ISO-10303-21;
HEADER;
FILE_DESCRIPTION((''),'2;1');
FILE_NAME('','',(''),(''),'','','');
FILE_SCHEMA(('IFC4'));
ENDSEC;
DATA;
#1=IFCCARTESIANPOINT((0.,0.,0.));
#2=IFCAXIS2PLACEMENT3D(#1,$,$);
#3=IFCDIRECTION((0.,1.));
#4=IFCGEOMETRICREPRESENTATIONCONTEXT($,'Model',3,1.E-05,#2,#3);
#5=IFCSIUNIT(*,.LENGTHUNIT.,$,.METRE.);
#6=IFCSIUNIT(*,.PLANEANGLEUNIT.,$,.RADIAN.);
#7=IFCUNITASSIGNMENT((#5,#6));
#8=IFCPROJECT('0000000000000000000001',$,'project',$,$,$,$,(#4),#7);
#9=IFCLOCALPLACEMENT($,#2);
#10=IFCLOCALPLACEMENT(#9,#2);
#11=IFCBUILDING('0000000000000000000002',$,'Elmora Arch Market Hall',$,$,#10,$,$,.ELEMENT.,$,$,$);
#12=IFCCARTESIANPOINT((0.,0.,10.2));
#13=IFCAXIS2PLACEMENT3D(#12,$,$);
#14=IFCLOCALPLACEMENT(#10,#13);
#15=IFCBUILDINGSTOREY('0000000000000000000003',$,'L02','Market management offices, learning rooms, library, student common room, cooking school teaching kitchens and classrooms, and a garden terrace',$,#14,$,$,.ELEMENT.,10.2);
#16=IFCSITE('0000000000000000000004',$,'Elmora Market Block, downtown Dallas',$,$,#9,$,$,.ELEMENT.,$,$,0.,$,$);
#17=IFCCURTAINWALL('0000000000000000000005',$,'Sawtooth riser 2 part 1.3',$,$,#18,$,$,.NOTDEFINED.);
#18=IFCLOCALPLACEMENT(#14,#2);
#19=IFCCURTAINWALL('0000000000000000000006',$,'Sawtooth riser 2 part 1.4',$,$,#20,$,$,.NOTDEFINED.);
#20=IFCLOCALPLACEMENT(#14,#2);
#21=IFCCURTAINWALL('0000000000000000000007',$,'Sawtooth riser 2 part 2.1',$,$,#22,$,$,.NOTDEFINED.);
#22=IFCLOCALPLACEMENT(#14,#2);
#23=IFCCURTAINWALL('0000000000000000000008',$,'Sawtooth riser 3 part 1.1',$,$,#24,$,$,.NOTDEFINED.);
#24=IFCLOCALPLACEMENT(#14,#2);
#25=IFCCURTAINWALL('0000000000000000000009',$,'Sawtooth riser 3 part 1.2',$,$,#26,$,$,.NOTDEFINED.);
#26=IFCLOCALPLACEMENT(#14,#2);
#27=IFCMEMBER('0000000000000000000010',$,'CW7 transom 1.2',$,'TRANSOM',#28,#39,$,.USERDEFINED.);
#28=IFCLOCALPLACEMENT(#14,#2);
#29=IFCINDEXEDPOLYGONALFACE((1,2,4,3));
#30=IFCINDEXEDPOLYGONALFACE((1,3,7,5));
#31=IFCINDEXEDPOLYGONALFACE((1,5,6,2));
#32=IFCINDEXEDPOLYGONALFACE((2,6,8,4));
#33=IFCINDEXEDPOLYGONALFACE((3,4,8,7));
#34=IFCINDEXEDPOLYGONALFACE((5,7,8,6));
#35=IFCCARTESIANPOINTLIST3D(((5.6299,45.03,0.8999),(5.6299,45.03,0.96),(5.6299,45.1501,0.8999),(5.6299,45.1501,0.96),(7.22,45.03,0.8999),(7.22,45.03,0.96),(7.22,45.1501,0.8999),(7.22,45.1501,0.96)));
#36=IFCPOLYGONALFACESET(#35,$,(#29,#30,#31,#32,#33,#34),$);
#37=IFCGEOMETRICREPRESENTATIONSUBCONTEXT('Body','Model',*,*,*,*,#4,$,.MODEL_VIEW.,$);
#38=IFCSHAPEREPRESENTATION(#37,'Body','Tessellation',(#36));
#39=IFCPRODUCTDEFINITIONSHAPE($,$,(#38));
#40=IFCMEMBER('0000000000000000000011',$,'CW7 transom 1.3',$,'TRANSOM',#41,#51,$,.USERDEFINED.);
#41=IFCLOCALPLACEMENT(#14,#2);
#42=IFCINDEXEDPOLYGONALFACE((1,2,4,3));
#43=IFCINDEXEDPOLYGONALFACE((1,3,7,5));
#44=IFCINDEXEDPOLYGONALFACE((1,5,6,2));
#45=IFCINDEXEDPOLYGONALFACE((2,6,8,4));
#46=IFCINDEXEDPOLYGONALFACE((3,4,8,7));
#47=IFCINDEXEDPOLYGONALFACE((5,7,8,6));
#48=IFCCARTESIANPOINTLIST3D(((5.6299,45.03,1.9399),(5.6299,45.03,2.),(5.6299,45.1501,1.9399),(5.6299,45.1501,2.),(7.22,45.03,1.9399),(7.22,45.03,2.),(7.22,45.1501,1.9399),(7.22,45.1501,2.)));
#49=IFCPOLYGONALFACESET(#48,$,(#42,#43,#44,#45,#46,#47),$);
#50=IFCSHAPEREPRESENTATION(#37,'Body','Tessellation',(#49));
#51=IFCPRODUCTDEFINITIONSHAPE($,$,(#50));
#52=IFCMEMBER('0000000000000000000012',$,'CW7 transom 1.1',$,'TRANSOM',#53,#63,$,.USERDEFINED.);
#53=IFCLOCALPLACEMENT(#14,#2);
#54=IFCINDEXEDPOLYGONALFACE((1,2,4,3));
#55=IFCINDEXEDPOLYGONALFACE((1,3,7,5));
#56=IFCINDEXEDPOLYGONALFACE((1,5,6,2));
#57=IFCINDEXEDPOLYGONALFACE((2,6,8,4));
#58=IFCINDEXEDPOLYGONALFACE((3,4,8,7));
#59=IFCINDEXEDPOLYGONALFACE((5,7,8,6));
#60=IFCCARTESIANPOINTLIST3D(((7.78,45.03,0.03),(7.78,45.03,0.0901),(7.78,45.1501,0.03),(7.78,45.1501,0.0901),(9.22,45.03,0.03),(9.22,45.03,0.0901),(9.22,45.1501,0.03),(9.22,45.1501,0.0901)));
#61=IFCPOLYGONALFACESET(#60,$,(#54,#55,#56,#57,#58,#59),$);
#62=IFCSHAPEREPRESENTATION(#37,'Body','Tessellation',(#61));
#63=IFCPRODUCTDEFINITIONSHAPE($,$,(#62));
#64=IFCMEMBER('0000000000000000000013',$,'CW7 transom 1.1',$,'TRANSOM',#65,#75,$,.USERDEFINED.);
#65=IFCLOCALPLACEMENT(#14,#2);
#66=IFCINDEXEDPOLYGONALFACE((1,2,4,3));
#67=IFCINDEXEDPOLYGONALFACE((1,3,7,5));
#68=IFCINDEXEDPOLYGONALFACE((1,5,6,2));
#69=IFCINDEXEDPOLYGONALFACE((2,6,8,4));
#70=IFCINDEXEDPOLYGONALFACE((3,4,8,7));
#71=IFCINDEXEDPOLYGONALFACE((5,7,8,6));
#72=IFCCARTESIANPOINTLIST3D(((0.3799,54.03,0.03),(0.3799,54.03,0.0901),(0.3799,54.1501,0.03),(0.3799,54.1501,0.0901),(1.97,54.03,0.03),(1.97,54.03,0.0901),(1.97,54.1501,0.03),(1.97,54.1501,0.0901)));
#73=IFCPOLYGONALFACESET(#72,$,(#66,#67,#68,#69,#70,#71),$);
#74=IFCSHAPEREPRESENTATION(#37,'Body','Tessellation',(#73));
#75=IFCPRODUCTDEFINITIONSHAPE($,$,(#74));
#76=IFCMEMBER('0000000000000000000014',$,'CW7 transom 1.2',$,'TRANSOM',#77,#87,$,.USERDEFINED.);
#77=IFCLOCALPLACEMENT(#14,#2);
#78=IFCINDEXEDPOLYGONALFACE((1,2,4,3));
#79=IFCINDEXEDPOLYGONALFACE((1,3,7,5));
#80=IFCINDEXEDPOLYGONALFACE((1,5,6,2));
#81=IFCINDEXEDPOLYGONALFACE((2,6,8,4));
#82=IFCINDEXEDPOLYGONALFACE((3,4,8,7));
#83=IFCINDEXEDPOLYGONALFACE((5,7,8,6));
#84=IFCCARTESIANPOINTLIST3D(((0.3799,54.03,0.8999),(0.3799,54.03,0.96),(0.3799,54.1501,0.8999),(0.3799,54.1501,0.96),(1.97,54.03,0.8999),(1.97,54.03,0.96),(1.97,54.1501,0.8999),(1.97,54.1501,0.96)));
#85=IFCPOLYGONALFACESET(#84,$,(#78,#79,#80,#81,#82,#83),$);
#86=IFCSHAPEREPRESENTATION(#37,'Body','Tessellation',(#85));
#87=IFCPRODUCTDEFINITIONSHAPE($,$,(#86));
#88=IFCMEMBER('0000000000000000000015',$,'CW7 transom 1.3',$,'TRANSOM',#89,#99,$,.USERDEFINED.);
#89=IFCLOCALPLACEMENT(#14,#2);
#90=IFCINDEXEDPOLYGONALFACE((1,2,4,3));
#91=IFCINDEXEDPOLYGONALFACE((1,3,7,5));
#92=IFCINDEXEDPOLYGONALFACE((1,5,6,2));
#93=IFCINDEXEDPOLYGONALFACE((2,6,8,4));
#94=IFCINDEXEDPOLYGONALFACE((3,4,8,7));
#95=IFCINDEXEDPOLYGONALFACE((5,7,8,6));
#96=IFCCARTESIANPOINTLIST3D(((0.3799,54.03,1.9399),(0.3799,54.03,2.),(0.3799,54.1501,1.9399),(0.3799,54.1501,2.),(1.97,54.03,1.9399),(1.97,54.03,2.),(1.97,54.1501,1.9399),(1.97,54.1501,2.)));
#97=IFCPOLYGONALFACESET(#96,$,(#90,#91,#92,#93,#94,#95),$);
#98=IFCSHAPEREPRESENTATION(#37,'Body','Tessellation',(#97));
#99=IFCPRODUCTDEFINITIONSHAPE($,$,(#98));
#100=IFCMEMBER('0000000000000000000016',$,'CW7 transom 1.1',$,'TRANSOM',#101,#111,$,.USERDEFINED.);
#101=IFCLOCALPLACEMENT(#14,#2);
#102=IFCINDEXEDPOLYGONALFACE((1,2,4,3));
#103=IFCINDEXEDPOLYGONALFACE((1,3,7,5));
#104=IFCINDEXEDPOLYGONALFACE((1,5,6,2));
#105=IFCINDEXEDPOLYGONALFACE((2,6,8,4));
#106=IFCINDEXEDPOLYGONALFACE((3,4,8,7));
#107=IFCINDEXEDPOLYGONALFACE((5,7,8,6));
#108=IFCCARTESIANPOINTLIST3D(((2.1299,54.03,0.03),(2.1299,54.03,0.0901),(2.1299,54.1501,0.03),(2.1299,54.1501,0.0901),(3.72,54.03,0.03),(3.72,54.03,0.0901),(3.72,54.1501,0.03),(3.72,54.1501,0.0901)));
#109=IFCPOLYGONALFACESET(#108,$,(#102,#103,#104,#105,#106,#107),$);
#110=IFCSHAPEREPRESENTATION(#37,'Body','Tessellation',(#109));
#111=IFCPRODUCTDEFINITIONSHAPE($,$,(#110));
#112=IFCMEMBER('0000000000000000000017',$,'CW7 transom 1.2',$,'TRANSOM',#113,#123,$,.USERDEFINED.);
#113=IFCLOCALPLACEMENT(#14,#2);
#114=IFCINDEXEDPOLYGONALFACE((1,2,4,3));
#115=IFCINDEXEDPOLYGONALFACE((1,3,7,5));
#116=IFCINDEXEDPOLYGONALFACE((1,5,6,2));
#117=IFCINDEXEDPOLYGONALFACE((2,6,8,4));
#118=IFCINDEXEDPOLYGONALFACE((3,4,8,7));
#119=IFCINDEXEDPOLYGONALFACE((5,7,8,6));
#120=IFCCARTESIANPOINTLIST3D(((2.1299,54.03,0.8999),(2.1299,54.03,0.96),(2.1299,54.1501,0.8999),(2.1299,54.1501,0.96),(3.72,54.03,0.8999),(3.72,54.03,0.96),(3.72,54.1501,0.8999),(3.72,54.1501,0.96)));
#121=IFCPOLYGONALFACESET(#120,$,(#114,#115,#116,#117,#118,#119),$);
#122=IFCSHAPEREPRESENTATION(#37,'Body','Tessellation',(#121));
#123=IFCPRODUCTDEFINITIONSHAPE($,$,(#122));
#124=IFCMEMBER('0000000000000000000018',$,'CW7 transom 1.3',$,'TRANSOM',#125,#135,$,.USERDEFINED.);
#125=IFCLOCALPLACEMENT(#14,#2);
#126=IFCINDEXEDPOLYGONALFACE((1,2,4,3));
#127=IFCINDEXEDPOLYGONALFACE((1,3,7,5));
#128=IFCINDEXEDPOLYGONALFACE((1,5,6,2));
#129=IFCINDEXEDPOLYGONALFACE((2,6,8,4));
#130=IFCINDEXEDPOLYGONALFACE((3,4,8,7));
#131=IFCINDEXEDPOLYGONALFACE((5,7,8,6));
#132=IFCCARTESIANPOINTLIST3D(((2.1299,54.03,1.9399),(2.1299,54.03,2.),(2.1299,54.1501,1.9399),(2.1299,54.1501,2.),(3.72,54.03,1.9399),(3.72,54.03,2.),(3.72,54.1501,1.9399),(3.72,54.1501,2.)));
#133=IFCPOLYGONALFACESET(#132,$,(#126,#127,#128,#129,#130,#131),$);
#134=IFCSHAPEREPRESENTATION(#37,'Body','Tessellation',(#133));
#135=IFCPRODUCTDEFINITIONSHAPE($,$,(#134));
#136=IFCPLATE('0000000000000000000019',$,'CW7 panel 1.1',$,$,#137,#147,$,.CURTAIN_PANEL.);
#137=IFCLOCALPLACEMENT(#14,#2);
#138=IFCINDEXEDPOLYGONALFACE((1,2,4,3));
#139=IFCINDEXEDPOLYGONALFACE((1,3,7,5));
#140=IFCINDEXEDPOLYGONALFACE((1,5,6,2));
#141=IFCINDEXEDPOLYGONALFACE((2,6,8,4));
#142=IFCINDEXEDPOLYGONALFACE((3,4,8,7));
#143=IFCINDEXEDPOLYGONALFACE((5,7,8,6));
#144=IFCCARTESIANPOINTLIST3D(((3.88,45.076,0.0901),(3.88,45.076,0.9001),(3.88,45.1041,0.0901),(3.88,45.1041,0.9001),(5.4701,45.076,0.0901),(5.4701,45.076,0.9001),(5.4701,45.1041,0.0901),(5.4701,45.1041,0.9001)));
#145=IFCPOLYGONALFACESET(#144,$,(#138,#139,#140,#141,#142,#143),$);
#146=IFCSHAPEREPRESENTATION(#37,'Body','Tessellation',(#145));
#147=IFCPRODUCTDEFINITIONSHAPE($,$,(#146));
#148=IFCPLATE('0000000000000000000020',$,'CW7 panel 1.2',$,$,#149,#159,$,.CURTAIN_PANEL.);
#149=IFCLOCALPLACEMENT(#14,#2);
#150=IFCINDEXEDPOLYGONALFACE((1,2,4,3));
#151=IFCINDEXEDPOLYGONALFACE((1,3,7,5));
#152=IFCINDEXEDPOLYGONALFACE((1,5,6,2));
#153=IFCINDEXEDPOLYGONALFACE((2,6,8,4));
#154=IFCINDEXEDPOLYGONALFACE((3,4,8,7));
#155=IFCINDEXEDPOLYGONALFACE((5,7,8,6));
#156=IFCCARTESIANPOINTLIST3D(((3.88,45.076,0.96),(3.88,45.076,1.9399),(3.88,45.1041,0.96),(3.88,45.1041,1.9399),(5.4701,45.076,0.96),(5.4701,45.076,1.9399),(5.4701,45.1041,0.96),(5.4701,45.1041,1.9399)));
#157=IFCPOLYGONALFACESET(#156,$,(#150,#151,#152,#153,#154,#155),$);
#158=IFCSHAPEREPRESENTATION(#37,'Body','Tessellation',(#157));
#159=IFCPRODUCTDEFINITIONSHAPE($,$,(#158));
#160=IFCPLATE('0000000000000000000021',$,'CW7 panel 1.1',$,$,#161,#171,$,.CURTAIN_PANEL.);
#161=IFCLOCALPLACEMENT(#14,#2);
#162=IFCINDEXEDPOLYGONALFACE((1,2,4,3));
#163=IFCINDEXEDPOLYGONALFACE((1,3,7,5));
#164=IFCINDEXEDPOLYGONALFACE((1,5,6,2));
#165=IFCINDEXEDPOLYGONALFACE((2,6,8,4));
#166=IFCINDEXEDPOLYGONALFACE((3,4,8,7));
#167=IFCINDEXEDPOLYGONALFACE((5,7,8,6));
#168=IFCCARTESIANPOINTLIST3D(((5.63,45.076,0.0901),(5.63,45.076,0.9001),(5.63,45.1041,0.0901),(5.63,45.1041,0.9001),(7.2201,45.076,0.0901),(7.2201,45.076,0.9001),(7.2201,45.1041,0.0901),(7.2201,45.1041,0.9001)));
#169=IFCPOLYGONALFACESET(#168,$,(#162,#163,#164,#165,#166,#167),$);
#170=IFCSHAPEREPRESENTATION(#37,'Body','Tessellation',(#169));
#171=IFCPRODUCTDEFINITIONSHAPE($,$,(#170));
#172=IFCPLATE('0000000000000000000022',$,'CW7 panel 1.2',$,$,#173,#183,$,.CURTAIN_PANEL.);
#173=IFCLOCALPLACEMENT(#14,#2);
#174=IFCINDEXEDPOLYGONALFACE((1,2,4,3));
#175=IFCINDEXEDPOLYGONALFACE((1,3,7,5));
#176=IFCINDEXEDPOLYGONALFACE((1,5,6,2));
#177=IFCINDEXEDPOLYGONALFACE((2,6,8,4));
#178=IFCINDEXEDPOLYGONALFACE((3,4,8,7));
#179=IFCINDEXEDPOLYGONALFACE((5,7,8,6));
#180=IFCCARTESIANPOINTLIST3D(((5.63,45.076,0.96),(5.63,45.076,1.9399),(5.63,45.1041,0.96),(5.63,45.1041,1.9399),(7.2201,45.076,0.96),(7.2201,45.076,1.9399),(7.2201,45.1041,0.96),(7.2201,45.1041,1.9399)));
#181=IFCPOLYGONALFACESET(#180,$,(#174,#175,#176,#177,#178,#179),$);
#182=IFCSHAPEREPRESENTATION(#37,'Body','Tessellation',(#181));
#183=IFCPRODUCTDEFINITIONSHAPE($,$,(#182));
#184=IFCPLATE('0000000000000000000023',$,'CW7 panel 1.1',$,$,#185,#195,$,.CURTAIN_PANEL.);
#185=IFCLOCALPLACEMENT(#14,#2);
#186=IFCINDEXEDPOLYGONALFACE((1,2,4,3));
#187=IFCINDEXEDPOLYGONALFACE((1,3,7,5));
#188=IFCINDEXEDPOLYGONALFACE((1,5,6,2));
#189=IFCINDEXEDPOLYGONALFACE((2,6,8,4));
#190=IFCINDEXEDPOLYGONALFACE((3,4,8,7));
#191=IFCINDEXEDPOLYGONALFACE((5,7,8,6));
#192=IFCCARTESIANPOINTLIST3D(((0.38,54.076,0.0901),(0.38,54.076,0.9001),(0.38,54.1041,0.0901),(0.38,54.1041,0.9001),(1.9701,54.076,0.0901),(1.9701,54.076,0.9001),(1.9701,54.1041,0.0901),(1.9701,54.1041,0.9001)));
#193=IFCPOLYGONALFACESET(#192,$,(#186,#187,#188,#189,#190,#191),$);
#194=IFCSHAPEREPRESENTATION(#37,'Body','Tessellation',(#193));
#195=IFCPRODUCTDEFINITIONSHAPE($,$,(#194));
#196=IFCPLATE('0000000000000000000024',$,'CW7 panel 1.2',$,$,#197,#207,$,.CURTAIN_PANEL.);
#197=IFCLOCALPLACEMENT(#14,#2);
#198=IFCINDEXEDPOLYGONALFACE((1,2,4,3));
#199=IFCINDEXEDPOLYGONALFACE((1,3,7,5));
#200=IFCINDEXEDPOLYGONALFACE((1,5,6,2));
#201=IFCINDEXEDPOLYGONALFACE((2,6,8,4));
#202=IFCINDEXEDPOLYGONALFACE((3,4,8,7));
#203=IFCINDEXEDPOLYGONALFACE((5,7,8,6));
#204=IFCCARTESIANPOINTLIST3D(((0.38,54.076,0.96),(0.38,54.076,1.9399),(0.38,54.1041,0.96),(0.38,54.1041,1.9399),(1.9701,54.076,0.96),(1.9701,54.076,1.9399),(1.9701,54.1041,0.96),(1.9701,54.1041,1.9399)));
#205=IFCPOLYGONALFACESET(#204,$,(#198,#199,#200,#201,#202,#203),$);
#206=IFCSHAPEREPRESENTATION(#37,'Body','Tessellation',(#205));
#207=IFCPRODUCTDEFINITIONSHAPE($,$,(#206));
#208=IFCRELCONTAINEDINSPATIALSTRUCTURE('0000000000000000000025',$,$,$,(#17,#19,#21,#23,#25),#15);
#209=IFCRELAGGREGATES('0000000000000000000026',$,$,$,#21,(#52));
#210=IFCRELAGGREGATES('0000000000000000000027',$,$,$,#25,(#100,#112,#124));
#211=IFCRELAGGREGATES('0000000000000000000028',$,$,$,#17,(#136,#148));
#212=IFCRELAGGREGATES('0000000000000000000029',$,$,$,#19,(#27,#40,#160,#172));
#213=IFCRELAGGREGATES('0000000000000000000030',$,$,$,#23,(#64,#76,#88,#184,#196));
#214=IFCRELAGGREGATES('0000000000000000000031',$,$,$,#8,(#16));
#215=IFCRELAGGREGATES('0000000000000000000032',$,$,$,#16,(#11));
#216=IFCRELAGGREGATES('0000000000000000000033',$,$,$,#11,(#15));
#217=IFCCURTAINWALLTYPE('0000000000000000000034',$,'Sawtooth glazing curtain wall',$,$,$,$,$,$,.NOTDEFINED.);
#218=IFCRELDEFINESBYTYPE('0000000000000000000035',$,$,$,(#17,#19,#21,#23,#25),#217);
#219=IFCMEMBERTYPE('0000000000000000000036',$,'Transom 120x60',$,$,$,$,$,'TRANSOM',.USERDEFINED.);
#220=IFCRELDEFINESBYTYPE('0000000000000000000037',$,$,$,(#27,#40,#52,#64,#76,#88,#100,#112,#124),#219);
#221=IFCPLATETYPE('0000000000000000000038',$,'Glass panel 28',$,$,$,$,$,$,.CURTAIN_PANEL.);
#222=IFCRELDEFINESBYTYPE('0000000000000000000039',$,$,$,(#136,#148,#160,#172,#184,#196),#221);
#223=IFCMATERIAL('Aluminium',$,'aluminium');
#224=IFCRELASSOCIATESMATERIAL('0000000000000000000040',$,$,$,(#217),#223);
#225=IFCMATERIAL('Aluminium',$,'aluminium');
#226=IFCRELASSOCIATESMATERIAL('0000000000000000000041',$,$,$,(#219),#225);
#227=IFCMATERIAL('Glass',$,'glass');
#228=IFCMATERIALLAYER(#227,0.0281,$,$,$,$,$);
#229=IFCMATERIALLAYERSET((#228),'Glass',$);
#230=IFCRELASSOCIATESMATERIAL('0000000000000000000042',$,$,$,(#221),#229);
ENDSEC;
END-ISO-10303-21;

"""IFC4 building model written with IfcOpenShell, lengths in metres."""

from ifc_helpers import new_model, si_unit, direction, frame, origin, origin_2d, place, context, subcontext, project, spatial, rectangle, extrude, material, layer, layer_set, material_profile, profile_set, type_object, element, aggregate, save


model = new_model("IFC4")

# Units and contexts
model_context = context("Model", 3, precision=1e-05, world=origin(), true_north=direction((0.0, 1.0)))
body_context = subcontext(model_context, "Body", "Model", "MODEL_VIEW")
ifc_project = project(units=[si_unit("LENGTHUNIT", "METRE"), si_unit("PLANEANGLEUNIT", "RADIAN")], contexts=[model_context])

# Site, building, storey
site_placement = place(None, origin())
site = spatial("IfcSite", under=ifc_project, at=site_placement, Name="Elmora Market Block, downtown Dallas", CompositionType="ELEMENT", RefElevation=0.0)
building_placement = place(site_placement, origin())
building = spatial("IfcBuilding", under=site, at=building_placement, Name="Elmora Arch Market Hall", CompositionType="ELEMENT")
storey_placement = place(building_placement, frame((0.0, 0.0, 10.2)))
storey = spatial("IfcBuildingStorey", under=building, at=storey_placement, Name="L02", Description="Market management offices, learning rooms, library, student common room, cooking school teaching kitchens and classrooms, and a garden terrace", CompositionType="ELEMENT", Elevation=10.2)

# Curtain wall
ifc_material_1 = material(Name="Aluminium", Category="aluminium")
curtain_wall_type = type_object("IfcCurtainWallType", Name="Sawtooth glazing curtain wall", PredefinedType="NOTDEFINED", material=ifc_material_1)
curtain_wall_1_placement = place(storey_placement, origin())
curtain_wall_1 = element("IfcCurtainWall", 1, at=curtain_wall_1_placement, inside=storey, type_object=curtain_wall_type, Name="Sawtooth riser 2 part 1.3", PredefinedType="NOTDEFINED")

# Curtain wall
curtain_wall_2_placement = place(storey_placement, origin())
curtain_wall_2 = element("IfcCurtainWall", 2, at=curtain_wall_2_placement, inside=storey, type_object=curtain_wall_type, Name="Sawtooth riser 2 part 1.4", PredefinedType="NOTDEFINED")

# Curtain wall
curtain_wall_3_placement = place(storey_placement, origin())
curtain_wall_3 = element("IfcCurtainWall", 3, at=curtain_wall_3_placement, inside=storey, type_object=curtain_wall_type, Name="Sawtooth riser 2 part 2.1", PredefinedType="NOTDEFINED")

# Curtain walls
curtain_wall_4_placement = place(storey_placement, origin())
curtain_wall_4 = element("IfcCurtainWall", 4, at=curtain_wall_4_placement, inside=storey, type_object=curtain_wall_type, Name="Sawtooth riser 3 part 1.1", PredefinedType="NOTDEFINED")
curtain_wall_5_placement = place(storey_placement, origin())
curtain_wall_5 = element("IfcCurtainWall", 5, at=curtain_wall_5_placement, inside=storey, type_object=curtain_wall_type, Name="Sawtooth riser 3 part 1.2", PredefinedType="NOTDEFINED")

# Members
ifc_material_2 = material(Name="Aluminium", Category="aluminium")
ifc_material_profile_1 = material_profile(ifc_material_2, rectangle(XDim=0.1201, YDim=0.0601, at=origin_2d()), Name="AL 120x60")
ifc_profile_set_1 = profile_set([ifc_material_profile_1], Name="Aluminium")
member_type_1 = type_object("IfcMemberType", Name="Transom 120x60", ElementType="TRANSOM", PredefinedType="USERDEFINED", material=ifc_profile_set_1)
member_1_placement = place(storey_placement, frame((5.6299, 45.0901, 0.9299), z_axis=(1.0, 0.0, 0.0), x_axis=(0.0, 1.0, 0.0)))
member_1 = element("IfcMember", 6, at=member_1_placement, type_object=member_type_1, Name="CW7 transom 1.2", ObjectType="TRANSOM", PredefinedType="USERDEFINED", context=body_context, shape_type="SweptSolid", body=[
    extrude(rectangle(XDim=0.1201, YDim=0.0601, at=origin_2d()), origin(), (0.0, 0.0, 1.0), 1.5901),
])
member_2_placement = place(storey_placement, frame((5.6299, 45.0901, 1.97), z_axis=(1.0, 0.0, 0.0), x_axis=(0.0, 1.0, 0.0)))
member_2 = element("IfcMember", 7, at=member_2_placement, type_object=member_type_1, Name="CW7 transom 1.3", ObjectType="TRANSOM", PredefinedType="USERDEFINED", context=body_context, shape_type="SweptSolid", body=[
    extrude(rectangle(XDim=0.1201, YDim=0.0601, at=origin_2d()), origin(), (0.0, 0.0, 1.0), 1.5901),
])
member_3_placement = place(storey_placement, frame((7.78, 45.0901, 0.0601), z_axis=(1.0, 0.0, 0.0), x_axis=(0.0, 1.0, 0.0)))
member_3 = element("IfcMember", 8, at=member_3_placement, type_object=member_type_1, Name="CW7 transom 1.1", ObjectType="TRANSOM", PredefinedType="USERDEFINED", context=body_context, shape_type="SweptSolid", body=[
    extrude(rectangle(XDim=0.1201, YDim=0.0601, at=origin_2d()), origin(), (0.0, 0.0, 1.0), 1.4399),
])
aggregate(curtain_wall_3, [member_3])
member_4_placement = place(storey_placement, frame((0.3799, 54.0901, 0.0601), z_axis=(1.0, 0.0, 0.0), x_axis=(0.0, 1.0, 0.0)))
member_4 = element("IfcMember", 9, at=member_4_placement, type_object=member_type_1, Name="CW7 transom 1.1", ObjectType="TRANSOM", PredefinedType="USERDEFINED", context=body_context, shape_type="SweptSolid", body=[
    extrude(rectangle(XDim=0.1201, YDim=0.0601, at=origin_2d()), origin(), (0.0, 0.0, 1.0), 1.5901),
])
member_5_placement = place(storey_placement, frame((0.3799, 54.0901, 0.9299), z_axis=(1.0, 0.0, 0.0), x_axis=(0.0, 1.0, 0.0)))
member_5 = element("IfcMember", 10, at=member_5_placement, type_object=member_type_1, Name="CW7 transom 1.2", ObjectType="TRANSOM", PredefinedType="USERDEFINED", context=body_context, shape_type="SweptSolid", body=[
    extrude(rectangle(XDim=0.1201, YDim=0.0601, at=origin_2d()), origin(), (0.0, 0.0, 1.0), 1.5901),
])
member_6_placement = place(storey_placement, frame((0.3799, 54.0901, 1.97), z_axis=(1.0, 0.0, 0.0), x_axis=(0.0, 1.0, 0.0)))
member_6 = element("IfcMember", 11, at=member_6_placement, type_object=member_type_1, Name="CW7 transom 1.3", ObjectType="TRANSOM", PredefinedType="USERDEFINED", context=body_context, shape_type="SweptSolid", body=[
    extrude(rectangle(XDim=0.1201, YDim=0.0601, at=origin_2d()), origin(), (0.0, 0.0, 1.0), 1.5901),
])
member_7_placement = place(storey_placement, frame((2.1299, 54.0901, 0.0601), z_axis=(1.0, 0.0, 0.0), x_axis=(0.0, 1.0, 0.0)))
member_7 = element("IfcMember", 12, at=member_7_placement, type_object=member_type_1, Name="CW7 transom 1.1", ObjectType="TRANSOM", PredefinedType="USERDEFINED", context=body_context, shape_type="SweptSolid", body=[
    extrude(rectangle(XDim=0.1201, YDim=0.0601, at=origin_2d()), origin(), (0.0, 0.0, 1.0), 1.5901),
])
member_8_placement = place(storey_placement, frame((2.1299, 54.0901, 0.9299), z_axis=(1.0, 0.0, 0.0), x_axis=(0.0, 1.0, 0.0)))
member_8 = element("IfcMember", 13, at=member_8_placement, type_object=member_type_1, Name="CW7 transom 1.2", ObjectType="TRANSOM", PredefinedType="USERDEFINED", context=body_context, shape_type="SweptSolid", body=[
    extrude(rectangle(XDim=0.1201, YDim=0.0601, at=origin_2d()), origin(), (0.0, 0.0, 1.0), 1.5901),
])
member_9_placement = place(storey_placement, frame((2.1299, 54.0901, 1.97), z_axis=(1.0, 0.0, 0.0), x_axis=(0.0, 1.0, 0.0)))
member_9 = element("IfcMember", 14, at=member_9_placement, type_object=member_type_1, Name="CW7 transom 1.3", ObjectType="TRANSOM", PredefinedType="USERDEFINED", context=body_context, shape_type="SweptSolid", body=[
    extrude(rectangle(XDim=0.1201, YDim=0.0601, at=origin_2d()), origin(), (0.0, 0.0, 1.0), 1.5901),
])
aggregate(curtain_wall_5, [member_7, member_8, member_9])

# Plates
ifc_material_3 = material(Name="Glass", Category="glass")
ifc_layer_1 = layer(ifc_material_3, 0.0281)
ifc_layer_set_1 = layer_set([ifc_layer_1], Name="Glass")
plate_type = type_object("IfcPlateType", Name="Glass panel 28", PredefinedType="CURTAIN_PANEL", material=ifc_layer_set_1)
plate_1_placement = place(storey_placement, frame((4.675, 45.0901, 0.0901), z_axis=(0.0, 0.0, 1.0), x_axis=(1.0, 0.0, 0.0)))
plate_1 = element("IfcPlate", 15, at=plate_1_placement, type_object=plate_type, Name="CW7 panel 1.1", PredefinedType="CURTAIN_PANEL", context=body_context, shape_type="SweptSolid", body=[
    extrude(rectangle(XDim=1.5901, YDim=0.0281, at=origin_2d()), origin(), (0.0, 0.0, 1.0), 0.8101),
])
plate_2_placement = place(storey_placement, frame((4.675, 45.0901, 0.96), z_axis=(0.0, 0.0, 1.0), x_axis=(1.0, 0.0, 0.0)))
plate_2 = element("IfcPlate", 16, at=plate_2_placement, type_object=plate_type, Name="CW7 panel 1.2", PredefinedType="CURTAIN_PANEL", context=body_context, shape_type="SweptSolid", body=[
    extrude(rectangle(XDim=1.5901, YDim=0.0281, at=origin_2d()), origin(), (0.0, 0.0, 1.0), 0.98),
])
aggregate(curtain_wall_1, [plate_1, plate_2])
plate_3_placement = place(storey_placement, frame((6.425, 45.0901, 0.0901), z_axis=(0.0, 0.0, 1.0), x_axis=(1.0, 0.0, 0.0)))
plate_3 = element("IfcPlate", 17, at=plate_3_placement, type_object=plate_type, Name="CW7 panel 1.1", PredefinedType="CURTAIN_PANEL", context=body_context, shape_type="SweptSolid", body=[
    extrude(rectangle(XDim=1.5901, YDim=0.0281, at=origin_2d()), origin(), (0.0, 0.0, 1.0), 0.8101),
])
plate_4_placement = place(storey_placement, frame((6.425, 45.0901, 0.96), z_axis=(0.0, 0.0, 1.0), x_axis=(1.0, 0.0, 0.0)))
plate_4 = element("IfcPlate", 18, at=plate_4_placement, type_object=plate_type, Name="CW7 panel 1.2", PredefinedType="CURTAIN_PANEL", context=body_context, shape_type="SweptSolid", body=[
    extrude(rectangle(XDim=1.5901, YDim=0.0281, at=origin_2d()), origin(), (0.0, 0.0, 1.0), 0.98),
])
aggregate(curtain_wall_2, [member_1, member_2, plate_3, plate_4])
plate_5_placement = place(storey_placement, frame((1.175, 54.0901, 0.0901), z_axis=(0.0, 0.0, 1.0), x_axis=(1.0, 0.0, 0.0)))
plate_5 = element("IfcPlate", 19, at=plate_5_placement, type_object=plate_type, Name="CW7 panel 1.1", PredefinedType="CURTAIN_PANEL", context=body_context, shape_type="SweptSolid", body=[
    extrude(rectangle(XDim=1.5901, YDim=0.0281, at=origin_2d()), origin(), (0.0, 0.0, 1.0), 0.8101),
])
plate_6_placement = place(storey_placement, frame((1.175, 54.0901, 0.96), z_axis=(0.0, 0.0, 1.0), x_axis=(1.0, 0.0, 0.0)))
plate_6 = element("IfcPlate", 20, at=plate_6_placement, type_object=plate_type, Name="CW7 panel 1.2", PredefinedType="CURTAIN_PANEL", context=body_context, shape_type="SweptSolid", body=[
    extrude(rectangle(XDim=1.5901, YDim=0.0281, at=origin_2d()), origin(), (0.0, 0.0, 1.0), 0.98),
])
aggregate(curtain_wall_4, [member_4, member_5, member_6, plate_5, plate_6])

save(model, "model.ifc")
